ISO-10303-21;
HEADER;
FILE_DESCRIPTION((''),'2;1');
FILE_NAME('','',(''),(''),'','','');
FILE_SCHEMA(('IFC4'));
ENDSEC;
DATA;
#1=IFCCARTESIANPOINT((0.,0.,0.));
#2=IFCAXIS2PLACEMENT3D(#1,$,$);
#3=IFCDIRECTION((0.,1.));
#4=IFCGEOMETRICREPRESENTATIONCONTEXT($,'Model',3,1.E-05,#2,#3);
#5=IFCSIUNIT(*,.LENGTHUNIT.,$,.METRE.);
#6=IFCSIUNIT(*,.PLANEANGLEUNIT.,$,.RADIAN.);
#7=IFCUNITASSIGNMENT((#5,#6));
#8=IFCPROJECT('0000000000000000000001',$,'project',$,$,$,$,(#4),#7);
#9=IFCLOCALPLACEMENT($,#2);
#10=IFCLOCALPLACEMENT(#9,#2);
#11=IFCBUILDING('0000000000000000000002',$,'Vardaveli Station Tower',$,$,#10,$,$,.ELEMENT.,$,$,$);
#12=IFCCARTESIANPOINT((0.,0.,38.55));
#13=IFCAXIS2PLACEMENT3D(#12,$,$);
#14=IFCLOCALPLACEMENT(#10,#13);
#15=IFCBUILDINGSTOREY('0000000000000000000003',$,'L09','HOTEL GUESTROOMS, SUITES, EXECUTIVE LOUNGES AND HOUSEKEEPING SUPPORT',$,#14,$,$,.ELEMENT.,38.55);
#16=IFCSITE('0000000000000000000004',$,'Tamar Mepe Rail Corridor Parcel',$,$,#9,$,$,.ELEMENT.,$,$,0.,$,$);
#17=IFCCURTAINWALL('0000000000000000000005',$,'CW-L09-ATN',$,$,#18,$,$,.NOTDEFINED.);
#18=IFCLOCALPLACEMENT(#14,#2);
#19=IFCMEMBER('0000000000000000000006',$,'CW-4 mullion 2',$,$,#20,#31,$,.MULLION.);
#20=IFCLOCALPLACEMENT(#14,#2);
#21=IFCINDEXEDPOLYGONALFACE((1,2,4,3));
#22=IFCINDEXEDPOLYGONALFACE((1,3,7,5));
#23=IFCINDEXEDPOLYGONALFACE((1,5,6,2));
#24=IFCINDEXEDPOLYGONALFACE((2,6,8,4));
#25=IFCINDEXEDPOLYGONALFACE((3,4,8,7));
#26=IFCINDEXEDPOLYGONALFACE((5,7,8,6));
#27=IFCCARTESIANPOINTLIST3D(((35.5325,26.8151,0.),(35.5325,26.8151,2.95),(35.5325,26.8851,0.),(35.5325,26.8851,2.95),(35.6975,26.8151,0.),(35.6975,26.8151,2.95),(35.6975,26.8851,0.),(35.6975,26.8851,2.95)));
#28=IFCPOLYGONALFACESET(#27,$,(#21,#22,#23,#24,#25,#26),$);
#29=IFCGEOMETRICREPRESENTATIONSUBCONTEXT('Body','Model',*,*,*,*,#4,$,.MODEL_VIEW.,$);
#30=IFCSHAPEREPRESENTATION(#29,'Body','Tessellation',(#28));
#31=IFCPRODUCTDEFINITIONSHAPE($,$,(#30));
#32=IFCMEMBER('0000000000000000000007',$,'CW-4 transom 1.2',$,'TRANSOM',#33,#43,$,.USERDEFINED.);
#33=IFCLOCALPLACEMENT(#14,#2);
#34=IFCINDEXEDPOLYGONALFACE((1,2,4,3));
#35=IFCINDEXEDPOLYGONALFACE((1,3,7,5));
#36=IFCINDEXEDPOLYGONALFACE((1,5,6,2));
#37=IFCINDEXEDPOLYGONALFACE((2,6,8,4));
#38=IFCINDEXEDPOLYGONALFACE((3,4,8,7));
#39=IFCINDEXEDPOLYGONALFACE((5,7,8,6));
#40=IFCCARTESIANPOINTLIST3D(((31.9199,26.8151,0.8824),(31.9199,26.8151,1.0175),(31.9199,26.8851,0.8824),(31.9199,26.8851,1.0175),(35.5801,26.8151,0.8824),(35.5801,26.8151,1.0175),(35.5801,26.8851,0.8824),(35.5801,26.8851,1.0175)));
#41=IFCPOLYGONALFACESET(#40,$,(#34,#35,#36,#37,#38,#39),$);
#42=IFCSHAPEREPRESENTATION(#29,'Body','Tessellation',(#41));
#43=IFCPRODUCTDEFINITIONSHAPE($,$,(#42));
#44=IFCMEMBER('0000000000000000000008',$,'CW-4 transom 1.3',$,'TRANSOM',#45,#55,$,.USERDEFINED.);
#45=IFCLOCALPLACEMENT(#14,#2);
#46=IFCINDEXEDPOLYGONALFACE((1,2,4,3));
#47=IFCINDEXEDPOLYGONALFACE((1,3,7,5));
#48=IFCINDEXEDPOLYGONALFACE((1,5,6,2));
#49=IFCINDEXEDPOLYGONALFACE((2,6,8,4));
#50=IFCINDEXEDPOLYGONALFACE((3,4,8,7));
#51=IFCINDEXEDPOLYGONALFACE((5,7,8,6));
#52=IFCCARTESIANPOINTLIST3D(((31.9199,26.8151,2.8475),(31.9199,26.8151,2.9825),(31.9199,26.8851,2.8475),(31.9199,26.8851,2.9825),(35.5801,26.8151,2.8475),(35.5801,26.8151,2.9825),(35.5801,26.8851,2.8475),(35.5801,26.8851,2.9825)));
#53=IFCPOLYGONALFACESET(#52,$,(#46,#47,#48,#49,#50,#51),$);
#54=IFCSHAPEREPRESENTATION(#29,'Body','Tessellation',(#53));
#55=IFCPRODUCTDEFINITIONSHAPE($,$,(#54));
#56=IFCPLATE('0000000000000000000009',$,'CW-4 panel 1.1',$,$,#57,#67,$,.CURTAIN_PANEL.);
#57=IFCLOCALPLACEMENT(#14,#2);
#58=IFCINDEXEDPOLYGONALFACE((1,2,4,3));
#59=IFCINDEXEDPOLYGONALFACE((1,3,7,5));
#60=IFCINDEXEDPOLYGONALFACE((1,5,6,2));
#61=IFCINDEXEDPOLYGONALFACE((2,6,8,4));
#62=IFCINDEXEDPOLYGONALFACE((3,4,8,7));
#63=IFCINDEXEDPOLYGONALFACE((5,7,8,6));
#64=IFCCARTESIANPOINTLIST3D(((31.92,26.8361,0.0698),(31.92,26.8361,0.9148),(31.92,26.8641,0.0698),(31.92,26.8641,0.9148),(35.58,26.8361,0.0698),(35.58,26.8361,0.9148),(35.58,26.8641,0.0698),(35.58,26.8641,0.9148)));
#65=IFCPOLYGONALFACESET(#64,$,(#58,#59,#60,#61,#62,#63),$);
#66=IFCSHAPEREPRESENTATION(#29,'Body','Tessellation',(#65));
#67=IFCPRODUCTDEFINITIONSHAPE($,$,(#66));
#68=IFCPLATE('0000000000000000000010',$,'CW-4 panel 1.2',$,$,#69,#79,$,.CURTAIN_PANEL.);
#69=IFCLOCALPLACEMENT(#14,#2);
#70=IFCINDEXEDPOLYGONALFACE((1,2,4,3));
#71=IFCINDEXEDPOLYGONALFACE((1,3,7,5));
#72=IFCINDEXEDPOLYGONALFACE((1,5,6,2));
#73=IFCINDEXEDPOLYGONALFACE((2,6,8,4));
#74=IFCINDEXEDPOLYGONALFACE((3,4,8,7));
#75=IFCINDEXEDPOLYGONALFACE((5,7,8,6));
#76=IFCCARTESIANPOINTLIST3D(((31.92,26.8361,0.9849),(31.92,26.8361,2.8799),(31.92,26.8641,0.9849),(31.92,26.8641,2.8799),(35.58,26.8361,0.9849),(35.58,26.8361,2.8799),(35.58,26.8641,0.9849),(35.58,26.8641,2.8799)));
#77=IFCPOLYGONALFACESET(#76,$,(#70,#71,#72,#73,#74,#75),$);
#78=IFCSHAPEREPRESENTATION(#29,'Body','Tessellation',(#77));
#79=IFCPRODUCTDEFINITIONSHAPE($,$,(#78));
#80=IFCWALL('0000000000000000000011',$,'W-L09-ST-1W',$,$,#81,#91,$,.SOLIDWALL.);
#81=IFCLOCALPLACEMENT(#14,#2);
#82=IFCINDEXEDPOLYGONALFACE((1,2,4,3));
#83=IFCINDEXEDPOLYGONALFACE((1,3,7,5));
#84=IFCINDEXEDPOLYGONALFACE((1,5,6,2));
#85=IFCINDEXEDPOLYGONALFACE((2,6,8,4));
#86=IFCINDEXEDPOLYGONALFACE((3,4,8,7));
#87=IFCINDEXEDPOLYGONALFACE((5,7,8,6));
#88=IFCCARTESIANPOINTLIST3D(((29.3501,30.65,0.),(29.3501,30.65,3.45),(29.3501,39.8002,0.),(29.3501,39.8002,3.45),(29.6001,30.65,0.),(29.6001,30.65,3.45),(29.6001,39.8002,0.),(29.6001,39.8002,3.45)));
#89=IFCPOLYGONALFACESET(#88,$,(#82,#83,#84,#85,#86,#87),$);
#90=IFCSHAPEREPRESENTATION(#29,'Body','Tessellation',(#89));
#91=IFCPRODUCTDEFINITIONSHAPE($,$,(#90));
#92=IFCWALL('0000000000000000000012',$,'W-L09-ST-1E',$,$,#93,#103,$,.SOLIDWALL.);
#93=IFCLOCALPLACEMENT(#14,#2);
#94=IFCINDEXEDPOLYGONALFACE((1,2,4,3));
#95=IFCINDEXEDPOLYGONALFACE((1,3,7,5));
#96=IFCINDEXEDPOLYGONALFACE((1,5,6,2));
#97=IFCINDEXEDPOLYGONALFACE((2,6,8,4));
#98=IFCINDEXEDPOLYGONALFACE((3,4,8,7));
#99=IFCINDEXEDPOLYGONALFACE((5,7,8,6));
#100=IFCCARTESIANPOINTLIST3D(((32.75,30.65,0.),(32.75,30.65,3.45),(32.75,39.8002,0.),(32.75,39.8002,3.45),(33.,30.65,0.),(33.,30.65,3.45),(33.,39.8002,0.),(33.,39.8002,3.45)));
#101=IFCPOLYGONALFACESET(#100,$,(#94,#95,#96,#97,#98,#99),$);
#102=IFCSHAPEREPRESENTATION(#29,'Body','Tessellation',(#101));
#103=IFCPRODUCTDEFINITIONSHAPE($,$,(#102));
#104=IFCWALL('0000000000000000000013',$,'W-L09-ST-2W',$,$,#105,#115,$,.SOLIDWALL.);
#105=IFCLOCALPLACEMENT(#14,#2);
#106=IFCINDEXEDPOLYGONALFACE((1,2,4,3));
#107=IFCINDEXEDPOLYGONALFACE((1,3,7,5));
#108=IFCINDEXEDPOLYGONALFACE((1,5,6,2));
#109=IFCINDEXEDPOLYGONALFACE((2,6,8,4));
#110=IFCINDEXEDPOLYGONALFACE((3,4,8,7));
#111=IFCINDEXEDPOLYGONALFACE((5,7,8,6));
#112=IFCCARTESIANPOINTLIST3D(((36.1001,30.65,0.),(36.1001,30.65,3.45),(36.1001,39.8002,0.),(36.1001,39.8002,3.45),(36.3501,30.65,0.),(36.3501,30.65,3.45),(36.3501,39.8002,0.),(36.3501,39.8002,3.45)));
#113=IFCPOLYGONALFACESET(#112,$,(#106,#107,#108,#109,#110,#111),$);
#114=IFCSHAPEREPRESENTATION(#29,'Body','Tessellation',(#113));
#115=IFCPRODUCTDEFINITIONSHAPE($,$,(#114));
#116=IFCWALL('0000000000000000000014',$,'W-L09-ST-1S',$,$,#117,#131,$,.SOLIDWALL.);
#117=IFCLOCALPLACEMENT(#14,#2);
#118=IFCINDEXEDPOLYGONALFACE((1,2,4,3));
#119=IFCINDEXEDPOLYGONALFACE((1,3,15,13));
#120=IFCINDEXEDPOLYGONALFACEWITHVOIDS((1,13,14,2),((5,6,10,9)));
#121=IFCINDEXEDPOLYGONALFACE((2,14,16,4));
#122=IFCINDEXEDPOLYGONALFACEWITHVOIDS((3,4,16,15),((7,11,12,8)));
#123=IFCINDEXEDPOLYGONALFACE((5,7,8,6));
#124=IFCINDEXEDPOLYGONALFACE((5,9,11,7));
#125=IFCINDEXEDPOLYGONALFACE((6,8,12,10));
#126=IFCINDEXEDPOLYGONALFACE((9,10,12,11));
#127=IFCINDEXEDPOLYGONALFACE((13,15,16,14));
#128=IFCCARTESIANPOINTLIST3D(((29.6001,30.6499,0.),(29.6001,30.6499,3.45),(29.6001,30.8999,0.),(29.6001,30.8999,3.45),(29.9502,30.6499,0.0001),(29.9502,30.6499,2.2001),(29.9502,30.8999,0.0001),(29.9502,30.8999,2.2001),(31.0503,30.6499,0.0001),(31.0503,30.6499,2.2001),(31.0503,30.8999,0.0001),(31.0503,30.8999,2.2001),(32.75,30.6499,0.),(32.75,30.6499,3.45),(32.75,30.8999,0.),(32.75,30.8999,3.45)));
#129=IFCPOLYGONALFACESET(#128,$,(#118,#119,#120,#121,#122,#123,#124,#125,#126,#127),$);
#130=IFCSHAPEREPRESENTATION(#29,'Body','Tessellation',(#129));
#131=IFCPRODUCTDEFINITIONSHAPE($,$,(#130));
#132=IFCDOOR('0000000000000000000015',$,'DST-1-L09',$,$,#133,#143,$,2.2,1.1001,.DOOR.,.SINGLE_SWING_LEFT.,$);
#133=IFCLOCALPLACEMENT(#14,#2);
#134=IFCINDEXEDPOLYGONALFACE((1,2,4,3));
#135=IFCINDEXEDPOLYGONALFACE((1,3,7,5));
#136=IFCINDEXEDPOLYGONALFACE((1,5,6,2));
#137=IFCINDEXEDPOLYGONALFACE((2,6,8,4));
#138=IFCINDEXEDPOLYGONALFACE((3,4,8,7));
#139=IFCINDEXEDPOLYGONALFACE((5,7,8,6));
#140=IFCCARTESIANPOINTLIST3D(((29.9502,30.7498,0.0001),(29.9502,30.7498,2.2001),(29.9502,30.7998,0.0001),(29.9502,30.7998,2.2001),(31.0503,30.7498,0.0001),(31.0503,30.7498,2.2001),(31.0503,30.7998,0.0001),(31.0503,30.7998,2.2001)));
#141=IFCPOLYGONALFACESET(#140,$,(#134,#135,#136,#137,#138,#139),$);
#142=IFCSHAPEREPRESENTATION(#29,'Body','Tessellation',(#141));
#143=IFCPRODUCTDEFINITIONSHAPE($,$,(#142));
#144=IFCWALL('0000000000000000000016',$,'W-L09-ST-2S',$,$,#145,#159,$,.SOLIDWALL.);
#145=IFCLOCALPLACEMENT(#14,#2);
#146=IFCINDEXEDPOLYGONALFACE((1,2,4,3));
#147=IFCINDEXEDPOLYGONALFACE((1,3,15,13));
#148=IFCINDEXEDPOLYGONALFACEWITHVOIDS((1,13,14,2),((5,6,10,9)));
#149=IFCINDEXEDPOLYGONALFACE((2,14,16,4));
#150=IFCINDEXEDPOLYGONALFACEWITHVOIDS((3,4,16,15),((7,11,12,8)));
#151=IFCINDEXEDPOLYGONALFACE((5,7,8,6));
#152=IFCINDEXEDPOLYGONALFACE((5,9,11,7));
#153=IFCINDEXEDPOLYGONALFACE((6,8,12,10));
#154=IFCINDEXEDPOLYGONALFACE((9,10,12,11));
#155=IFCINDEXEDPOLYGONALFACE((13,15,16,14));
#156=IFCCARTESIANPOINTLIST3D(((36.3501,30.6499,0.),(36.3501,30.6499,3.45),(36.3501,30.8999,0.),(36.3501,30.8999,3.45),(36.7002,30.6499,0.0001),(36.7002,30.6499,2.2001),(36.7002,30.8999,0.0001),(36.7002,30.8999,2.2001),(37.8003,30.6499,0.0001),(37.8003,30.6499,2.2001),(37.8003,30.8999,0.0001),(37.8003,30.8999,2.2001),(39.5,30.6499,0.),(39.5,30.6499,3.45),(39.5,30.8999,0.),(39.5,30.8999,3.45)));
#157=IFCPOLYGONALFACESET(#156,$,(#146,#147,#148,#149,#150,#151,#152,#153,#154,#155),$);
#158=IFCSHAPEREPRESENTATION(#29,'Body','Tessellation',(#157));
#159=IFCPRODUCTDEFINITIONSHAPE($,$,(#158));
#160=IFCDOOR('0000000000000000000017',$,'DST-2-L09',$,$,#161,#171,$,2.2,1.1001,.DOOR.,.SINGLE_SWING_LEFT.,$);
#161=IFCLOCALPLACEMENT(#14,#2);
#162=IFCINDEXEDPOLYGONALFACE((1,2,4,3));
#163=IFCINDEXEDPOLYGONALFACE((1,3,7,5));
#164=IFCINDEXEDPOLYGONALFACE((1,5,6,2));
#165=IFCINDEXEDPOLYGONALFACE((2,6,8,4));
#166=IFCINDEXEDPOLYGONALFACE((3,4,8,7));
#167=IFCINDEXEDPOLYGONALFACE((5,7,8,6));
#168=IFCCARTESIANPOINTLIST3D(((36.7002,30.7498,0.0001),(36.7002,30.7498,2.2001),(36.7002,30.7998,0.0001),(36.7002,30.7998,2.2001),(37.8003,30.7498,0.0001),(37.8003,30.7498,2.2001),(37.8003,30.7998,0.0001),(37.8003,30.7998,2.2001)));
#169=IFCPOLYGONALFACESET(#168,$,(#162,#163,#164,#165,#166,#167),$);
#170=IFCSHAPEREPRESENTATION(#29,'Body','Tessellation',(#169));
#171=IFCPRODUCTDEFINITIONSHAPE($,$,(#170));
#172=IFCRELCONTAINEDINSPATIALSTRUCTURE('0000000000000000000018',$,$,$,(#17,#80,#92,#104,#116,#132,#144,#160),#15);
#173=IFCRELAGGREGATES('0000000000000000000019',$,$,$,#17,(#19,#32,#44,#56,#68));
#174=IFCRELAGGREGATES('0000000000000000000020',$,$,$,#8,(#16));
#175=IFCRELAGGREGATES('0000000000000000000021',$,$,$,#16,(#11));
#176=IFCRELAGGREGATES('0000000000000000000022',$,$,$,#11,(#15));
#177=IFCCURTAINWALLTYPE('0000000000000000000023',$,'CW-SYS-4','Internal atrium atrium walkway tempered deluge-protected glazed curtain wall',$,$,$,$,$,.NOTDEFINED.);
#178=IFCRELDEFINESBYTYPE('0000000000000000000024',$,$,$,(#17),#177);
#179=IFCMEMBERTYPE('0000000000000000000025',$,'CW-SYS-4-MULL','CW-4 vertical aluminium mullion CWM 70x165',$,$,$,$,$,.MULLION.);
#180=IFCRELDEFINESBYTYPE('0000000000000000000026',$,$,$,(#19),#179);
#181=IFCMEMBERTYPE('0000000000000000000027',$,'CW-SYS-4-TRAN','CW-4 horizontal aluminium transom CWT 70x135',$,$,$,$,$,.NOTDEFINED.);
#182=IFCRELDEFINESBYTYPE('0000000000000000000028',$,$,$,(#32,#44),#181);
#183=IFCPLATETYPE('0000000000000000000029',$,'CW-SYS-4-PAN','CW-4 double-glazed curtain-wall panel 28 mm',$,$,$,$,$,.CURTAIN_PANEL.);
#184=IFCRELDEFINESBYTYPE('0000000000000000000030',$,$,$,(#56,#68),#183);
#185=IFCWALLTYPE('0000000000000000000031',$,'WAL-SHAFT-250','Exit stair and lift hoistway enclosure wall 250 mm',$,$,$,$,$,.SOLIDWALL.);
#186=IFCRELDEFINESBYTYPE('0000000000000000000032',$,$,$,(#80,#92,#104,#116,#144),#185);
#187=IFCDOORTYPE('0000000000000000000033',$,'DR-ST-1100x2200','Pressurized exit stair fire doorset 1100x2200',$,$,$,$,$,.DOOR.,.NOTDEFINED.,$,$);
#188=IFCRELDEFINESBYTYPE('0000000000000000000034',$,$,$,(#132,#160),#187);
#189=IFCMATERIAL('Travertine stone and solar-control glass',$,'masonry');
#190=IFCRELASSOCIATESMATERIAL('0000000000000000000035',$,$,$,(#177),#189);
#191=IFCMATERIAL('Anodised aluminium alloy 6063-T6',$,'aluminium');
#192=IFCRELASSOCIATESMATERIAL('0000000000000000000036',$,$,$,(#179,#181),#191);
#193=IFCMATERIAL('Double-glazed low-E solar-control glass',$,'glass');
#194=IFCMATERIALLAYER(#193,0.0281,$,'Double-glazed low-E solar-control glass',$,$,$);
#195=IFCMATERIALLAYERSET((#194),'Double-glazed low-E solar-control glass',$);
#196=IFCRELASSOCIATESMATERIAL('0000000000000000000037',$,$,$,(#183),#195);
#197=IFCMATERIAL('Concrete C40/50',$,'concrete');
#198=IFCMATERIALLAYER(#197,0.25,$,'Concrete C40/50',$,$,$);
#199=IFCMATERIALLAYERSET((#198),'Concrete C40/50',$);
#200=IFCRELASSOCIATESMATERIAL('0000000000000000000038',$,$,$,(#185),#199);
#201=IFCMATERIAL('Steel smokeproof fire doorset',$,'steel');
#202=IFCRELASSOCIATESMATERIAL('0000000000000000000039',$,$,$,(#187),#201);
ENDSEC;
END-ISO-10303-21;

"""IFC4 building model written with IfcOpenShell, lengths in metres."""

from ifc_helpers import new_model, si_unit, direction, frame, frame_2d, origin, origin_2d, place, context, subcontext, project, spatial, rectangle, extrude, source, transform, mapped, material, layer, layer_set, material_profile, profile_set, type_object, element, fill, aggregate, save


model = new_model("IFC4")

# Units and contexts
model_context = context("Model", 3, precision=1e-05, world=origin(), true_north=direction((0.0, 1.0)))
body_context = subcontext(model_context, "Body", "Model", "MODEL_VIEW")
ifc_project = project(units=[si_unit("LENGTHUNIT", "METRE"), si_unit("PLANEANGLEUNIT", "RADIAN")], contexts=[model_context])

# Site, building, storey
site_placement = place(None, origin())
site = spatial("IfcSite", under=ifc_project, at=site_placement, Name="Tamar Mepe Rail Corridor Parcel", CompositionType="ELEMENT", RefElevation=0.0)
building_placement = place(site_placement, origin())
building = spatial("IfcBuilding", under=site, at=building_placement, Name="Vardaveli Station Tower", CompositionType="ELEMENT")
storey_placement = place(building_placement, frame((0.0, 0.0, 38.55)))
storey = spatial("IfcBuildingStorey", under=building, at=storey_placement, Name="L09", Description="HOTEL GUESTROOMS, SUITES, EXECUTIVE LOUNGES AND HOUSEKEEPING SUPPORT", CompositionType="ELEMENT", Elevation=38.55)

# Curtain wall, members, plates
ifc_material_1 = material(Name="Travertine stone and solar-control glass", Category="masonry")
curtain_wall_type = type_object("IfcCurtainWallType", Name="CW-SYS-4", Description="Internal atrium atrium walkway tempered deluge-protected glazed curtain wall", PredefinedType="NOTDEFINED", material=ifc_material_1)
curtain_wall_placement = place(storey_placement, origin())
curtain_wall = element("IfcCurtainWall", 1, at=curtain_wall_placement, inside=storey, type_object=curtain_wall_type, Name="CW-L09-ATN", PredefinedType="NOTDEFINED")
ifc_material_2 = material(Name="Anodised aluminium alloy 6063-T6", Category="aluminium")
ifc_material_profile_1 = material_profile(ifc_material_2, rectangle(XDim=0.0701, YDim=0.165, at=origin_2d()), Name="CWM 70x165")
ifc_profile_set_1 = profile_set([ifc_material_profile_1], Name="Anodised aluminium alloy 6063-T6")
member_type_1 = type_object("IfcMemberType", Name="CW-SYS-4-MULL", Description="CW-4 vertical aluminium mullion CWM 70x165", PredefinedType="MULLION", material=ifc_profile_set_1)
shared_shape_1 = source(origin(), body_context, "Body", "SweptSolid", [
    extrude(rectangle(XDim=0.0701, YDim=0.165, at=origin_2d()), origin(), (0.0, 0.0, 1.0), 2.95),
])
member_1_placement = place(storey_placement, frame((35.615, 26.8501, 0.0), z_axis=(0.0, 0.0, 1.0), x_axis=(0.0, 1.0, 0.0)))
member_1 = element("IfcMember", 2, at=member_1_placement, type_object=member_type_1, Name="CW-4 mullion 2", PredefinedType="MULLION", context=body_context, shape_type="MappedRepresentation", body=[
    mapped(shared_shape_1, transform((0.0, 0.0, 0.0), scale=1.0)),
])
ifc_material_profile_2 = material_profile(ifc_material_2, rectangle(XDim=0.0701, YDim=0.135, at=origin_2d()), Name="CWT 70x135")
ifc_profile_set_2 = profile_set([ifc_material_profile_2], Name="Anodised aluminium alloy 6063-T6")
member_type_2 = type_object("IfcMemberType", Name="CW-SYS-4-TRAN", Description="CW-4 horizontal aluminium transom CWT 70x135", PredefinedType="NOTDEFINED", material=ifc_profile_set_2)
shared_shape_2 = source(origin(), body_context, "Body", "SweptSolid", [
    extrude(rectangle(XDim=0.0701, YDim=0.135, at=origin_2d()), origin(), (0.0, 0.0, 1.0), 3.6602),
])
member_2_placement = place(storey_placement, frame((31.9199, 26.8501, 0.95), z_axis=(1.0, 0.0, 0.0), x_axis=(0.0, 1.0, 0.0)))
member_2 = element("IfcMember", 3, at=member_2_placement, type_object=member_type_2, Name="CW-4 transom 1.2", ObjectType="TRANSOM", PredefinedType="USERDEFINED", context=body_context, shape_type="MappedRepresentation", body=[
    mapped(shared_shape_2, transform((0.0, 0.0, 0.0), scale=1.0)),
])
member_3_placement = place(storey_placement, frame((31.9199, 26.8501, 2.915), z_axis=(1.0, 0.0, 0.0), x_axis=(0.0, 1.0, 0.0)))
member_3 = element("IfcMember", 4, at=member_3_placement, type_object=member_type_2, Name="CW-4 transom 1.3", ObjectType="TRANSOM", PredefinedType="USERDEFINED", context=body_context, shape_type="MappedRepresentation", body=[
    mapped(shared_shape_2, transform((0.0, 0.0, 0.0), scale=1.0)),
])
ifc_material_3 = material(Name="Double-glazed low-E solar-control glass", Category="glass")
ifc_layer_1 = layer(ifc_material_3, 0.0281, Name="Double-glazed low-E solar-control glass")
ifc_layer_set_1 = layer_set([ifc_layer_1], Name="Double-glazed low-E solar-control glass")
plate_type = type_object("IfcPlateType", Name="CW-SYS-4-PAN", Description="CW-4 double-glazed curtain-wall panel 28 mm", PredefinedType="CURTAIN_PANEL", material=ifc_layer_set_1)
shared_shape_3 = source(origin(), body_context, "Body", "SweptSolid", [
    extrude(rectangle(XDim=3.6599, YDim=0.0281, at=origin_2d()), origin(), (0.0, 0.0, 1.0), 0.845),
])
plate_1_placement = place(storey_placement, frame((33.75, 26.8501, 0.0698), z_axis=(0.0, 0.0, 1.0), x_axis=(1.0, 0.0, 0.0)))
plate_1 = element("IfcPlate", 5, at=plate_1_placement, type_object=plate_type, Name="CW-4 panel 1.1", PredefinedType="CURTAIN_PANEL", context=body_context, shape_type="MappedRepresentation", body=[
    mapped(shared_shape_3, transform((0.0, 0.0, 0.0), scale=1.0)),
])
shared_shape_4 = source(origin(), body_context, "Body", "SweptSolid", [
    extrude(rectangle(XDim=3.6599, YDim=0.0281, at=origin_2d()), origin(), (0.0, 0.0, 1.0), 1.895),
])
plate_2_placement = place(storey_placement, frame((33.75, 26.8501, 0.9849), z_axis=(0.0, 0.0, 1.0), x_axis=(1.0, 0.0, 0.0)))
plate_2 = element("IfcPlate", 6, at=plate_2_placement, type_object=plate_type, Name="CW-4 panel 1.2", PredefinedType="CURTAIN_PANEL", context=body_context, shape_type="MappedRepresentation", body=[
    mapped(shared_shape_4, transform((0.0, 0.0, 0.0), scale=1.0)),
])
aggregate(curtain_wall, [member_1, member_2, member_3, plate_1, plate_2])

# Walls
ifc_material_4 = material(Name="Concrete C40/50", Category="concrete")
ifc_layer_2 = layer(ifc_material_4, 0.25, Name="Concrete C40/50")
ifc_layer_set_2 = layer_set([ifc_layer_2], Name="Concrete C40/50")
wall_type_1 = type_object("IfcWallType", Name="WAL-SHAFT-250", Description="Exit stair and lift hoistway enclosure wall 250 mm", PredefinedType="SOLIDWALL", material=ifc_layer_set_2)
shared_shape_5 = source(origin(), body_context, "Body", "SweptSolid", [
    extrude(rectangle(XDim=9.1501, YDim=0.25, at=frame_2d((4.5752, 0.0))), origin(), (0.0, 0.0, 1.0), 3.45),
])
for number, where, z_axis, x_axis, name in (
    (7, (29.4751, 30.6499, 0.0), (0.0, 0.0, 1.0), (0.0, 1.0, 0.0), "W-L09-ST-1W"),
    (8, (32.875, 30.6499, 0.0), (0.0, 0.0, 1.0), (0.0, 1.0, 0.0), "W-L09-ST-1E"),
    (9, (36.2251, 30.6499, 0.0), (0.0, 0.0, 1.0), (0.0, 1.0, 0.0), "W-L09-ST-2W"),
):
    element("IfcWall", number, at=place(storey_placement, frame(where, z_axis=z_axis, x_axis=x_axis)), inside=storey, type_object=wall_type_1, Name=name, PredefinedType="SOLIDWALL", context=body_context, shape_type="MappedRepresentation", body=[
        mapped(shared_shape_5, transform((0.0, 0.0, 0.0), scale=1.0)),
    ])

# Walls, openings, doors
shared_shape_6 = source(origin(), body_context, "Body", "SweptSolid", [
    extrude(rectangle(XDim=3.1499, YDim=0.25, at=frame_2d((1.575, 0.0))), origin(), (0.0, 0.0, 1.0), 3.45),
])
wall_1_placement = place(storey_placement, frame((29.6001, 30.7749, 0.0), z_axis=(0.0, 0.0, 1.0), x_axis=(1.0, 0.0, 0.0)))
wall_1 = element("IfcWall", 10, at=wall_1_placement, inside=storey, type_object=wall_type_1, Name="W-L09-ST-1S", PredefinedType="SOLIDWALL", context=body_context, shape_type="MappedRepresentation", body=[
    mapped(shared_shape_6, transform((0.0, 0.0, 0.0), scale=1.0)),
])
shared_shape_7 = source(origin(), body_context, "Body", "SweptSolid", [
    extrude(rectangle(XDim=1.1001, YDim=2.2, at=frame_2d((0.55, 1.1001))), frame((0.0, 0.135, 0.0), z_axis=(0.0, -1.0, 0.0), x_axis=(1.0, 0.0, 0.0)), (0.0, 0.0, 1.0), 0.27),
])
opening_1_placement = place(wall_1_placement, frame((0.3501, 0.0, 0.0)))
opening_1 = element("IfcOpeningElement", 11, at=opening_1_placement, cuts=wall_1, PredefinedType="OPENING", context=body_context, shape_type="MappedRepresentation", body=[
    mapped(shared_shape_7, transform((0.0, 0.0, 0.0), scale=1.0)),
])
ifc_material_5 = material(Name="Steel smokeproof fire doorset", Category="steel")
door_type_1 = type_object("IfcDoorType", Name="DR-ST-1100x2200", Description="Pressurized exit stair fire doorset 1100x2200", OperationType="NOTDEFINED", PredefinedType="DOOR", material=ifc_material_5)
shared_shape_8 = source(origin(), body_context, "Body", "SweptSolid", [
    extrude(rectangle(XDim=1.1001, YDim=2.2, at=frame_2d((0.55, 1.1001))), frame((0.0, 0.0249, 0.0), z_axis=(0.0, -1.0, 0.0), x_axis=(1.0, 0.0, 0.0)), (0.0, 0.0, 1.0), 0.05),
])
door_1_placement = place(opening_1_placement, origin())
door_1 = element("IfcDoor", 12, at=door_1_placement, inside=storey, type_object=door_type_1, Name="DST-1-L09", OperationType="SINGLE_SWING_LEFT", OverallHeight=2.2, OverallWidth=1.1001, PredefinedType="DOOR", context=body_context, shape_type="MappedRepresentation", body=[
    mapped(shared_shape_8, transform((0.0, 0.0, 0.0), scale=1.0)),
])
fill(opening_1, door_1)
wall_2_placement = place(storey_placement, frame((36.3501, 30.7749, 0.0), z_axis=(0.0, 0.0, 1.0), x_axis=(1.0, 0.0, 0.0)))
wall_2 = element("IfcWall", 13, at=wall_2_placement, inside=storey, type_object=wall_type_1, Name="W-L09-ST-2S", PredefinedType="SOLIDWALL", context=body_context, shape_type="MappedRepresentation", body=[
    mapped(shared_shape_6, transform((0.0, 0.0, 0.0), scale=1.0)),
])
opening_2_placement = place(wall_2_placement, frame((0.3501, 0.0, 0.0)))
opening_2 = element("IfcOpeningElement", 14, at=opening_2_placement, cuts=wall_2, PredefinedType="OPENING", context=body_context, shape_type="MappedRepresentation", body=[
    mapped(shared_shape_7, transform((0.0, 0.0, 0.0), scale=1.0)),
])
door_2_placement = place(opening_2_placement, origin())
door_2 = element("IfcDoor", 15, at=door_2_placement, inside=storey, type_object=door_type_1, Name="DST-2-L09", OperationType="SINGLE_SWING_LEFT", OverallHeight=2.2, OverallWidth=1.1001, PredefinedType="DOOR", context=body_context, shape_type="MappedRepresentation", body=[
    mapped(shared_shape_8, transform((0.0, 0.0, 0.0), scale=1.0)),
])
fill(opening_2, door_2)

save(model, "model.ifc")
